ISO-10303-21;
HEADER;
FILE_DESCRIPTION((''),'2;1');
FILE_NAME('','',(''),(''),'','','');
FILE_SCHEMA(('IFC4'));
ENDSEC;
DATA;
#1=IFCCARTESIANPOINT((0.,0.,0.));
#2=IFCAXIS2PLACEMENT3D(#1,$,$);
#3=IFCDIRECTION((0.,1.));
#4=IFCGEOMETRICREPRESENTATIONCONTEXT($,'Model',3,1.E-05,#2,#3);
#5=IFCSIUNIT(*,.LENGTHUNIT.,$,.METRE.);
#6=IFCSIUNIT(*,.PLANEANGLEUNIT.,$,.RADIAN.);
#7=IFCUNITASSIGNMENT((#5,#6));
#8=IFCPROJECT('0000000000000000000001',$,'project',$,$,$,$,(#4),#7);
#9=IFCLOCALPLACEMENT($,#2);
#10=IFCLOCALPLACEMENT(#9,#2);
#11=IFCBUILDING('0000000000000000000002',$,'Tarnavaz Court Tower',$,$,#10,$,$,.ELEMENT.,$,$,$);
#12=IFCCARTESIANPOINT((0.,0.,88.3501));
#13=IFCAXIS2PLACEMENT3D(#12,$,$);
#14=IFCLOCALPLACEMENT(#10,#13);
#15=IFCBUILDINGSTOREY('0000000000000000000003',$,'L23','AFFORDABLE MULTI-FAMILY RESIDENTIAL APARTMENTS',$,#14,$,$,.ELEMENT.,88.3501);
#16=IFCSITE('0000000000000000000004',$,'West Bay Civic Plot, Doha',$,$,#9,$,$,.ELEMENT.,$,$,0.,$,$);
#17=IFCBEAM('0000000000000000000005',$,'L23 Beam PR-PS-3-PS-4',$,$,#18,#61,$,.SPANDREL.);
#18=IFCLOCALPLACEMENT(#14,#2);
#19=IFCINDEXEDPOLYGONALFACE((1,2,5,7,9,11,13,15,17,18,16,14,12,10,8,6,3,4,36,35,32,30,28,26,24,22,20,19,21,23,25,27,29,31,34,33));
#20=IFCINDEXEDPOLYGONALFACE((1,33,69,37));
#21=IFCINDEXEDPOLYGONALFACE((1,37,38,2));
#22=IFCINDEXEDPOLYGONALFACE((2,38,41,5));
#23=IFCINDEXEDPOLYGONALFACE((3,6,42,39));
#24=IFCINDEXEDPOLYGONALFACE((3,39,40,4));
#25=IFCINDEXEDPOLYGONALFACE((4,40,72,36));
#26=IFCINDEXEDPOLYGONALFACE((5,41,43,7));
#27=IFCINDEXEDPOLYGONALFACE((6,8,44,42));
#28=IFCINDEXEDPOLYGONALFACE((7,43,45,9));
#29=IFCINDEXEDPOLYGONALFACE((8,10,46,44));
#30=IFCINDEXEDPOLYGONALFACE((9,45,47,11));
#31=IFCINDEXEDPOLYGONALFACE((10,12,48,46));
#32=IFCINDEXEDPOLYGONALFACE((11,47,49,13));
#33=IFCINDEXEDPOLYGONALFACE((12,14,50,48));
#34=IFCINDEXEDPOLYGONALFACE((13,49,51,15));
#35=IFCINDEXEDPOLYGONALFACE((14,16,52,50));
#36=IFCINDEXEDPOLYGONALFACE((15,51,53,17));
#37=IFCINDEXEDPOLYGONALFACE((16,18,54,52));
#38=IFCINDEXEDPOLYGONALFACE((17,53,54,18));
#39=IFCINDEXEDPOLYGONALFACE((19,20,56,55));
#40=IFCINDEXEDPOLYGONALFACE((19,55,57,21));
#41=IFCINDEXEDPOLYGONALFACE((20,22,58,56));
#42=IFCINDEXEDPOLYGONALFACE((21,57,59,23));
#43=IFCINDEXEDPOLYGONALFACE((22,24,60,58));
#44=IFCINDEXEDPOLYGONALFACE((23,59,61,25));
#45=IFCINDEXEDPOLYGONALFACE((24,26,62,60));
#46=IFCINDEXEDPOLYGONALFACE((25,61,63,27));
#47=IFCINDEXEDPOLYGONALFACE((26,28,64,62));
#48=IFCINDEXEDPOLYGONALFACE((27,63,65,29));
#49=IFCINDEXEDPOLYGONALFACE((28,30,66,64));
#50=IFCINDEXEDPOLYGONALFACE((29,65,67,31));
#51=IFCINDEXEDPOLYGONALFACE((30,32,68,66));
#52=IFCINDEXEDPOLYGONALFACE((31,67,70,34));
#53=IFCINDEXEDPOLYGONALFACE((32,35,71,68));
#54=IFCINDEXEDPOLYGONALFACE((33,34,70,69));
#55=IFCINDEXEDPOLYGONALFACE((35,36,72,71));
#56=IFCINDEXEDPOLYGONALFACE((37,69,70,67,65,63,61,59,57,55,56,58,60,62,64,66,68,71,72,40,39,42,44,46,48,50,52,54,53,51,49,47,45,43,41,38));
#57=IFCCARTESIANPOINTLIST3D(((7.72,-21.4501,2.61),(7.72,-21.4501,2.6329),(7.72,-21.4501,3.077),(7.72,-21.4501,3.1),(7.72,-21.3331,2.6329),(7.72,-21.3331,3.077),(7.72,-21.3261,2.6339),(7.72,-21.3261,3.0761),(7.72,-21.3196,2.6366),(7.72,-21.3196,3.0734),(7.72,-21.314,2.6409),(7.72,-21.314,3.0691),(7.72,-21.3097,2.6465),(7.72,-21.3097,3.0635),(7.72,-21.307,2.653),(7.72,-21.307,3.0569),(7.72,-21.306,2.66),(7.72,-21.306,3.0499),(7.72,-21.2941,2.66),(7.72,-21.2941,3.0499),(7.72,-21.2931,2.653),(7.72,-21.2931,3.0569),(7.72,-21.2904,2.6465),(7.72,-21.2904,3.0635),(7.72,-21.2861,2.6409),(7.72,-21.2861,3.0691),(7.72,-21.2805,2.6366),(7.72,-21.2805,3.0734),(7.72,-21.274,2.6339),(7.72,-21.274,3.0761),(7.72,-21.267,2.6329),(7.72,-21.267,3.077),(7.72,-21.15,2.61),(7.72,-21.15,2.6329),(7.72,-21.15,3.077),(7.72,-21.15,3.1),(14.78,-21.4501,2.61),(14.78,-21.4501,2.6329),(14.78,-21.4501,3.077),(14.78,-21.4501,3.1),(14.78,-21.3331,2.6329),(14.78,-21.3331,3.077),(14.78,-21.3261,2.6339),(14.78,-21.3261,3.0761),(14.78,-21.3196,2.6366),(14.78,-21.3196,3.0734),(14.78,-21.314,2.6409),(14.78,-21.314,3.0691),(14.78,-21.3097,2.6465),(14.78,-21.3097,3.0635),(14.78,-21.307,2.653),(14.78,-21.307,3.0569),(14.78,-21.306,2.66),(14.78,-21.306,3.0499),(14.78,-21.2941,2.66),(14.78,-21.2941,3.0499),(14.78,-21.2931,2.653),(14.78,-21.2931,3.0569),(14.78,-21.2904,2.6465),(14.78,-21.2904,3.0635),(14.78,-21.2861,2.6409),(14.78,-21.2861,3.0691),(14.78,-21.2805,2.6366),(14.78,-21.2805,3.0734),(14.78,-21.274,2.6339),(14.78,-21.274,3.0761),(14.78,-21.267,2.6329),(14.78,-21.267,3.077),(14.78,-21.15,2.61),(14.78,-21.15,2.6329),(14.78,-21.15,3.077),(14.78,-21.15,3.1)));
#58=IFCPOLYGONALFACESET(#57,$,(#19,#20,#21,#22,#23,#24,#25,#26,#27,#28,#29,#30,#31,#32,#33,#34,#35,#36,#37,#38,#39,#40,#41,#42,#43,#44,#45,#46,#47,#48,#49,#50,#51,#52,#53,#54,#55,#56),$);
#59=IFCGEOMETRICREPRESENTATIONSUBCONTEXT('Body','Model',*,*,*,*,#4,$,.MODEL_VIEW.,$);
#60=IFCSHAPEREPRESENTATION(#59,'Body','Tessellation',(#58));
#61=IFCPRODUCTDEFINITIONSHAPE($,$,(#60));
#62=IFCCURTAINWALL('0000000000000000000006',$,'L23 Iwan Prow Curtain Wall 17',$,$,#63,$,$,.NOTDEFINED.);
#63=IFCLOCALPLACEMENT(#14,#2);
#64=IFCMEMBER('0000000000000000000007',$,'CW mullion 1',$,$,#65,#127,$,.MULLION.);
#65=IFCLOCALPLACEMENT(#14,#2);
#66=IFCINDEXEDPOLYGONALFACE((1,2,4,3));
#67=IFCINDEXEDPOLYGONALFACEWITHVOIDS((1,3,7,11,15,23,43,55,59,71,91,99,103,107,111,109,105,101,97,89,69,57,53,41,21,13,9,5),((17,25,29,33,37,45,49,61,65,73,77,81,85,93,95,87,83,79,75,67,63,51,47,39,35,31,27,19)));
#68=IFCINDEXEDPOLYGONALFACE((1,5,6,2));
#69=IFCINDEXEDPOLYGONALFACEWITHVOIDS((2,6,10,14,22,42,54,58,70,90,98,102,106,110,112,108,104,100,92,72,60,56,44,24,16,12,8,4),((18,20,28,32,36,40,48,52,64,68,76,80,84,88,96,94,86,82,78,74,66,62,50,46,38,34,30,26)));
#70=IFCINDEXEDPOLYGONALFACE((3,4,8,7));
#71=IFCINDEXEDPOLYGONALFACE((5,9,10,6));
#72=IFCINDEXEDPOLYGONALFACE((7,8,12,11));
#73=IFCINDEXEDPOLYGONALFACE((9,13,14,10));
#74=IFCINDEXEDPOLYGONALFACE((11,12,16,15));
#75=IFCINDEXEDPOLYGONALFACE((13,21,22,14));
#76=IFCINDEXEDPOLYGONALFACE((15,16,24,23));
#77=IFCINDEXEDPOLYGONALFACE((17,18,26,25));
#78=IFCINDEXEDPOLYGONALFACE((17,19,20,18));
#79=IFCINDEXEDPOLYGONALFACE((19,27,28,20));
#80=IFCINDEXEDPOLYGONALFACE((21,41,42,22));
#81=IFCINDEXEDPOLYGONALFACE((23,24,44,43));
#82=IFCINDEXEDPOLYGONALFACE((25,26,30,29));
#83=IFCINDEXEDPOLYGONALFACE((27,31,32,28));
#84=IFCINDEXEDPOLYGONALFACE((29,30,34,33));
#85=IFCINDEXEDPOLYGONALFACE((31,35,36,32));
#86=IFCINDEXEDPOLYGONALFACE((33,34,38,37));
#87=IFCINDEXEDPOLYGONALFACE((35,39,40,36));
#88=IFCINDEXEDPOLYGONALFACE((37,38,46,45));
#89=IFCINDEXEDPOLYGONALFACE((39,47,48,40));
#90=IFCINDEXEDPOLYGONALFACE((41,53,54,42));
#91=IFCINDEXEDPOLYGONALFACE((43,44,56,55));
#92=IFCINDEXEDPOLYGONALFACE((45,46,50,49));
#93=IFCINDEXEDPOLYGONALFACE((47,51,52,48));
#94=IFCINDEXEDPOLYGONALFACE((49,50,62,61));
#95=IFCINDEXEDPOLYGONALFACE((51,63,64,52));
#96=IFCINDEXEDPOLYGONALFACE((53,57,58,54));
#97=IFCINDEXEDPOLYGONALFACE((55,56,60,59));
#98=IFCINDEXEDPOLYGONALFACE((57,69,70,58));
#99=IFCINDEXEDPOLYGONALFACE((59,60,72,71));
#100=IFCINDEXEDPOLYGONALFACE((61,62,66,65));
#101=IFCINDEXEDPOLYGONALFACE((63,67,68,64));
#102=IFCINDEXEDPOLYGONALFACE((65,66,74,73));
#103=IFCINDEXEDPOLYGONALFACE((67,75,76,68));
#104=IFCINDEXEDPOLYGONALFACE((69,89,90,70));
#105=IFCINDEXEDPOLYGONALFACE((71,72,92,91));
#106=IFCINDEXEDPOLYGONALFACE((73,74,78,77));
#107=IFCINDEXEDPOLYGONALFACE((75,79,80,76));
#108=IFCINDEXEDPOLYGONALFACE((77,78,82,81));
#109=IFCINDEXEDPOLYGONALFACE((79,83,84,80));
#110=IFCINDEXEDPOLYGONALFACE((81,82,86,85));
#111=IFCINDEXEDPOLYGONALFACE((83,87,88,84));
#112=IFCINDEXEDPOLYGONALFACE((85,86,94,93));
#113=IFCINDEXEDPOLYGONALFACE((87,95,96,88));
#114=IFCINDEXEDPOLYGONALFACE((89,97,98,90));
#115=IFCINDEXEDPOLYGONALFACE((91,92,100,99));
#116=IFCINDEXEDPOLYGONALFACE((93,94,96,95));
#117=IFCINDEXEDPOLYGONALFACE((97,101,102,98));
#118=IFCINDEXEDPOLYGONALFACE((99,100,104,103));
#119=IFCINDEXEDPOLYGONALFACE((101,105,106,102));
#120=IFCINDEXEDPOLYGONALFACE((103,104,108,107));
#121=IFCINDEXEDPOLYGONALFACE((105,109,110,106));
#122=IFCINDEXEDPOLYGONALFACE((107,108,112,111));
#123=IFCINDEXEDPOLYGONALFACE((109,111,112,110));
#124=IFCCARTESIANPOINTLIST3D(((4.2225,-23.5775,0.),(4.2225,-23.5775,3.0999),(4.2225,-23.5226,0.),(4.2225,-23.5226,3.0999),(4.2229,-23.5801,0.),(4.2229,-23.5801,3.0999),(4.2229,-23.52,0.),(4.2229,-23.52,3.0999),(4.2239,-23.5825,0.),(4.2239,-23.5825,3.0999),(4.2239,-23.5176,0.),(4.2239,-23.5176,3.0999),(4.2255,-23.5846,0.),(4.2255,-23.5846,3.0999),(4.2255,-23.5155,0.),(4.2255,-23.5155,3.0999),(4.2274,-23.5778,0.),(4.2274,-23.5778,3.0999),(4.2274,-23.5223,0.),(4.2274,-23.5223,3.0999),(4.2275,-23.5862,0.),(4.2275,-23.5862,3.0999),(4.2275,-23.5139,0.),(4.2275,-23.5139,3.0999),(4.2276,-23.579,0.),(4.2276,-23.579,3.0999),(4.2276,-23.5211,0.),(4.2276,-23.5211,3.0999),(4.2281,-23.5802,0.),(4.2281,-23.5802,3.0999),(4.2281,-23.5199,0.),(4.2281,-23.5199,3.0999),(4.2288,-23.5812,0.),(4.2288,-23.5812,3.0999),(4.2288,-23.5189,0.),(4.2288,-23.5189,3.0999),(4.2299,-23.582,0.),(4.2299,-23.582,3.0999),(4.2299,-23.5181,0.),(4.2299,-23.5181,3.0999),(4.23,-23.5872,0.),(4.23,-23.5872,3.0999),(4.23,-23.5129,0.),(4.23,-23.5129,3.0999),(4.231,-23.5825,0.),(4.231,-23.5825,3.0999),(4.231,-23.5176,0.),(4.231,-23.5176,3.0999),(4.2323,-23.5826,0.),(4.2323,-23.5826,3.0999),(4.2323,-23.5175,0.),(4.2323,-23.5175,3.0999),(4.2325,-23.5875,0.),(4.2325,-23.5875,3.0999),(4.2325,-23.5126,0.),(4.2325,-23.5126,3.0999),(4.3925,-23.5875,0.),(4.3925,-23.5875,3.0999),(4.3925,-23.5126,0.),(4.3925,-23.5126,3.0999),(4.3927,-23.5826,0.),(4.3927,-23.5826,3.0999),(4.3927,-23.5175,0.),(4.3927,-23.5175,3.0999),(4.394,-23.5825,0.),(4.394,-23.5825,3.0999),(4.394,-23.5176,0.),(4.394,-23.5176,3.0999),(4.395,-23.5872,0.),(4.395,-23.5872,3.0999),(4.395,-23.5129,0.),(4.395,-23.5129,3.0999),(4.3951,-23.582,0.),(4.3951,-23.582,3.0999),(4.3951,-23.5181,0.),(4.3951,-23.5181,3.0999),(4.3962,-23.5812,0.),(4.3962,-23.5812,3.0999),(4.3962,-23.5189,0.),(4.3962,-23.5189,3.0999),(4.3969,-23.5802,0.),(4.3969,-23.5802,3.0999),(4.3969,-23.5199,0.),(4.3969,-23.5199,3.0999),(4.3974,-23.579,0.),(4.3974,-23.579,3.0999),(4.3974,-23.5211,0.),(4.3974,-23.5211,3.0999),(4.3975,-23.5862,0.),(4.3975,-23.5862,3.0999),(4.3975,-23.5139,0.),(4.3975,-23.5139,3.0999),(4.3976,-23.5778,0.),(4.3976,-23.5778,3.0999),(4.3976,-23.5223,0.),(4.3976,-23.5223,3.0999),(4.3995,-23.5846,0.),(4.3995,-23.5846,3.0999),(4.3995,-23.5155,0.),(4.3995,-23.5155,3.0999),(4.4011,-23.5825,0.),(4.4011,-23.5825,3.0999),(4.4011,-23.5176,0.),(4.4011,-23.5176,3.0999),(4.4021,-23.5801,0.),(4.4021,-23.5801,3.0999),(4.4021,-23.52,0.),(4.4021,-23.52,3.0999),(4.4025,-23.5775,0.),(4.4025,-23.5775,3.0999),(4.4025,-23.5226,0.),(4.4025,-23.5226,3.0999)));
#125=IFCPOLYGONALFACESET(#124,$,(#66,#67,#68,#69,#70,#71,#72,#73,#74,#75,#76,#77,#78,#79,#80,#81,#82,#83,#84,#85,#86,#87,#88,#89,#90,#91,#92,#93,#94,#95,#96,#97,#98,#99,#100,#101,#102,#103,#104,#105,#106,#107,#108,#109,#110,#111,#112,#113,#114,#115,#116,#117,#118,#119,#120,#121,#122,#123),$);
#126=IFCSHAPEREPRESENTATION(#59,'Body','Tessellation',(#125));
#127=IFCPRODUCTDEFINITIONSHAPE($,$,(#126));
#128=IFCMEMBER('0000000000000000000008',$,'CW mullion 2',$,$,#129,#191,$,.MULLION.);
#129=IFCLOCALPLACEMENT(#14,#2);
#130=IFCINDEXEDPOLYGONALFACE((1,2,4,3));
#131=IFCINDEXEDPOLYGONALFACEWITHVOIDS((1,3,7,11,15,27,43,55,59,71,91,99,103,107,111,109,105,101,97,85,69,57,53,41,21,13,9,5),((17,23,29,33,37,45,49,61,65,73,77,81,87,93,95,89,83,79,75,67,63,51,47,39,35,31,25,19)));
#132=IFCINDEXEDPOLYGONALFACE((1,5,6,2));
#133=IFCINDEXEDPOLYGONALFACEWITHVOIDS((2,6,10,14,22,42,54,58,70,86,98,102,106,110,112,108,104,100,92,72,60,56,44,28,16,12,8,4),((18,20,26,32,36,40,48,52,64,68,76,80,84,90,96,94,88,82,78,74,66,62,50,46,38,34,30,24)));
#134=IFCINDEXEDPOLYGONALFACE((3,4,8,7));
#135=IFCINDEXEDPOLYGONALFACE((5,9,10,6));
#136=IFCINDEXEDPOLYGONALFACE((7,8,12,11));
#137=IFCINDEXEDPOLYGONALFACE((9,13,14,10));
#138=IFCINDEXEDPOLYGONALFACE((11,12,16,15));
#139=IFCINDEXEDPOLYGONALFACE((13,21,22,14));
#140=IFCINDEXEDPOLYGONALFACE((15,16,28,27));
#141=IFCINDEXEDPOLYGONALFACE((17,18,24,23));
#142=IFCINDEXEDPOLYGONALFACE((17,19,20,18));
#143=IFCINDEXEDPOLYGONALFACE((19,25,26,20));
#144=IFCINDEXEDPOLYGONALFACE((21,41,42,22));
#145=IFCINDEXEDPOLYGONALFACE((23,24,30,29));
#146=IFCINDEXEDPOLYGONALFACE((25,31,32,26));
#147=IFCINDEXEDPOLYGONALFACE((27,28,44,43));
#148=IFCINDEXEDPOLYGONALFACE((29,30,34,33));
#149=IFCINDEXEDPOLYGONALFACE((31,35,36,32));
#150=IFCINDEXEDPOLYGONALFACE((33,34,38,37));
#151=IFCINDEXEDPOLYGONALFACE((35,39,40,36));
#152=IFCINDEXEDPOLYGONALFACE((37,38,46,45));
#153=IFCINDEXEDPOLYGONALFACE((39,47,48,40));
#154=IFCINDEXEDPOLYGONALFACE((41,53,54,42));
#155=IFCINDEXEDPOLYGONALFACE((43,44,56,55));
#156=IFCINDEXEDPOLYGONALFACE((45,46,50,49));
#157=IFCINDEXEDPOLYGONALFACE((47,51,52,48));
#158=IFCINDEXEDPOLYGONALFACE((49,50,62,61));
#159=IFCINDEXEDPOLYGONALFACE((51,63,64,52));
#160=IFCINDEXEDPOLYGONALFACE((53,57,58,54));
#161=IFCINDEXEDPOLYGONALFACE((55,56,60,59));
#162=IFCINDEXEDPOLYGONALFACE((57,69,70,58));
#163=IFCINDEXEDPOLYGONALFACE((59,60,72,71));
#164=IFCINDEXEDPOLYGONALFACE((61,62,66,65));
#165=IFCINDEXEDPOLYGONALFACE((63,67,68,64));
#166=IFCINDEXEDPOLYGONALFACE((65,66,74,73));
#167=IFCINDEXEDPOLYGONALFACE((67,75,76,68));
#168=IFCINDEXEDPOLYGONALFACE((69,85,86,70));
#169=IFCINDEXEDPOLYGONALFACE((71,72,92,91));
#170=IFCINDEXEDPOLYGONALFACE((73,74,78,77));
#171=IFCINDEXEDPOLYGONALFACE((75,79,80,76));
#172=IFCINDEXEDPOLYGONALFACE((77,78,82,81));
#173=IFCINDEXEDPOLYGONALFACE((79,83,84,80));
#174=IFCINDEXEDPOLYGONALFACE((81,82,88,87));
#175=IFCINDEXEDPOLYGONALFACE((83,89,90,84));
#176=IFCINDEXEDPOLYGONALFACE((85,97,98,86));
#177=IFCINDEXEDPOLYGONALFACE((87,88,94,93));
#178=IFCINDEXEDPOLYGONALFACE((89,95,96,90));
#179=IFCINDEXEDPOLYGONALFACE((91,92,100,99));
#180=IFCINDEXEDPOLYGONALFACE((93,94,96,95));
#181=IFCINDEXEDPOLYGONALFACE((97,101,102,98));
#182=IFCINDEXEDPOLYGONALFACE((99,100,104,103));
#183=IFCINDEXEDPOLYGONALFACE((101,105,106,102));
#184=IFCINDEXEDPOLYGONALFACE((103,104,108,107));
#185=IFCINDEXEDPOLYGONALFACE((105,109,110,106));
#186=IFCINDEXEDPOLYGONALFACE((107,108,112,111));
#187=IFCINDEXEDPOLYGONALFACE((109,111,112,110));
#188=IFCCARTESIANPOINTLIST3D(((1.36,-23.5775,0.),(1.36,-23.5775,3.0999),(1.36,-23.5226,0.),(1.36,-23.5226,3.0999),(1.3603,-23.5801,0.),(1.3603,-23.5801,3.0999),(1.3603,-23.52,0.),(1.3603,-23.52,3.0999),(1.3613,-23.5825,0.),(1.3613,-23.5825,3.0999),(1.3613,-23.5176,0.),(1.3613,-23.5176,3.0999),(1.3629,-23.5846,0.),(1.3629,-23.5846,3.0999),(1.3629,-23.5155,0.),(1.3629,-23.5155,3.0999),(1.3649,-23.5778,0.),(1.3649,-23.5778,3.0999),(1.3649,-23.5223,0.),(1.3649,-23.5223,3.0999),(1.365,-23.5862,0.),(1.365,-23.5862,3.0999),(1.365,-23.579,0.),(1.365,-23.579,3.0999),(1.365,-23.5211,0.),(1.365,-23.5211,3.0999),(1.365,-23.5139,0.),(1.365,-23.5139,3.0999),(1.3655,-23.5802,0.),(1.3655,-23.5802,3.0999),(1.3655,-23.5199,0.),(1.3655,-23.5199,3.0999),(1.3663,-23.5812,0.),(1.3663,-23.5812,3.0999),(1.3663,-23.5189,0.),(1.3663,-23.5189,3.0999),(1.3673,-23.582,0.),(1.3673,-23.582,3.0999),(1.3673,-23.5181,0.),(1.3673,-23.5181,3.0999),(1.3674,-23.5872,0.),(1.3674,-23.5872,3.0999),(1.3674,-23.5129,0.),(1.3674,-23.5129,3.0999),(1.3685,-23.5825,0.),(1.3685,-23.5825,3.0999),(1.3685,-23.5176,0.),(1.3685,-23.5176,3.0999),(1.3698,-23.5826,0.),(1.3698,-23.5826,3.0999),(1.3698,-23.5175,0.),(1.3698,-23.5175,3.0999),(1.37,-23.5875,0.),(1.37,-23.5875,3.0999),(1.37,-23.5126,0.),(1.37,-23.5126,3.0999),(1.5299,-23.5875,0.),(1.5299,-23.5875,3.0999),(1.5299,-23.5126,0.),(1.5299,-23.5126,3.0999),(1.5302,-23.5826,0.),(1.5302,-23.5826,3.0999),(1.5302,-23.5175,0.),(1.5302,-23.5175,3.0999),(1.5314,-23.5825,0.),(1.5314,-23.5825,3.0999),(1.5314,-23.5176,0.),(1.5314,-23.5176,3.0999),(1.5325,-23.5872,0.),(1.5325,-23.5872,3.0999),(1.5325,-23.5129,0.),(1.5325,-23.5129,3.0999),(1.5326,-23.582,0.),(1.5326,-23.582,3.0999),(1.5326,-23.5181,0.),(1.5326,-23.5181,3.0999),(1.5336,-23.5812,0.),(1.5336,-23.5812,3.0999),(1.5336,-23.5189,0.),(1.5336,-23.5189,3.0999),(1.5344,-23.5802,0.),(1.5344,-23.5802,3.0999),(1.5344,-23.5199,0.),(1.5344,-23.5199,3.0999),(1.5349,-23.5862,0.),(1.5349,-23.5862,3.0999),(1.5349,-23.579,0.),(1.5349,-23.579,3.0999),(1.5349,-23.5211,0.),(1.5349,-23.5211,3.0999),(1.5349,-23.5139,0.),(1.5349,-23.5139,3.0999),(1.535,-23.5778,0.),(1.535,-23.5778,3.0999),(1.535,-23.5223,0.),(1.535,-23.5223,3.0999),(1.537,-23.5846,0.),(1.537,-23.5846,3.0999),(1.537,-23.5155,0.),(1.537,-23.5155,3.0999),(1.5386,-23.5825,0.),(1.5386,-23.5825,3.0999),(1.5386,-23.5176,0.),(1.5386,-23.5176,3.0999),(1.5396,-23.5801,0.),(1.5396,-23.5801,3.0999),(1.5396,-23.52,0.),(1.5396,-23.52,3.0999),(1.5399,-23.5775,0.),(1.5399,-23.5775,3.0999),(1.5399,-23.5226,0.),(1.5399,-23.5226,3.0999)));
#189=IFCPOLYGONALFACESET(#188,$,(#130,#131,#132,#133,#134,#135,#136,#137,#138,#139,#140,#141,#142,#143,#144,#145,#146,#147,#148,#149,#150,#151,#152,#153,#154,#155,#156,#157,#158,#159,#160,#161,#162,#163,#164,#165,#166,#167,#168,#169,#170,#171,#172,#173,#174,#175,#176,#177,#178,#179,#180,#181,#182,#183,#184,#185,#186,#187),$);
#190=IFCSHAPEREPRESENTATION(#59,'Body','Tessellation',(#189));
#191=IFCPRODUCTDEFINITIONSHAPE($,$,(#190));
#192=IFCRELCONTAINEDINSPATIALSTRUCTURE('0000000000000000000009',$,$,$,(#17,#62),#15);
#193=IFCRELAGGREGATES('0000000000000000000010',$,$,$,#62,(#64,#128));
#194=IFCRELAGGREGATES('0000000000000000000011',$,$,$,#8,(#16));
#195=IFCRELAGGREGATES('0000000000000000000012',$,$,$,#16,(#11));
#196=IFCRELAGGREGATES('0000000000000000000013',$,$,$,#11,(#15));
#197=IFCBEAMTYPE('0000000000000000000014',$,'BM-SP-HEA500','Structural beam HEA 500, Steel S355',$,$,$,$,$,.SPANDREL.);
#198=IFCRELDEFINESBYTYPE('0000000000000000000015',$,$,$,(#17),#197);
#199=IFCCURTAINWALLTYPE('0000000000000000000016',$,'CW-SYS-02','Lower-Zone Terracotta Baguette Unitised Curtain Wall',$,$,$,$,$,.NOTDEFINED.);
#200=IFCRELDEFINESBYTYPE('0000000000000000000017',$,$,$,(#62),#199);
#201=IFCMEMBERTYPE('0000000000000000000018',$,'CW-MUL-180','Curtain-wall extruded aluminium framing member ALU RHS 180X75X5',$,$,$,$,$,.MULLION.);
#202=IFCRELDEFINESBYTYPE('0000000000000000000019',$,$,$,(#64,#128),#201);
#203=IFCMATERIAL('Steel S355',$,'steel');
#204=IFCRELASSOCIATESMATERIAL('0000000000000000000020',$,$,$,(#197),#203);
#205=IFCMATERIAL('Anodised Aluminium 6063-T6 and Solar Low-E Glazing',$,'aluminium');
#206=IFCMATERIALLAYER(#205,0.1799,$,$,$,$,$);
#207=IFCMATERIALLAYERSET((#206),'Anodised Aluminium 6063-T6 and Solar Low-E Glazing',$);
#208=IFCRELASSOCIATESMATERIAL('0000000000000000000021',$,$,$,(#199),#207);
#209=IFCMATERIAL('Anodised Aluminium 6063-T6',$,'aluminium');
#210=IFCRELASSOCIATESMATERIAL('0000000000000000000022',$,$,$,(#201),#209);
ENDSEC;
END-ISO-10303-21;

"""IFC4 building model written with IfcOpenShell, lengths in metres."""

from ifc_helpers import new_model, si_unit, direction, frame, origin, origin_2d, place, context, subcontext, project, spatial, hollow_rectangle, i_section, extrude, material, layer, layer_set, material_profile, profile_set, type_object, element, aggregate, save


model = new_model("IFC4")

# Units and contexts
model_context = context("Model", 3, precision=1e-05, world=origin(), true_north=direction((0.0, 1.0)))
body_context = subcontext(model_context, "Body", "Model", "MODEL_VIEW")
ifc_project = project(units=[si_unit("LENGTHUNIT", "METRE"), si_unit("PLANEANGLEUNIT", "RADIAN")], contexts=[model_context])

# Site, building, storey
site_placement = place(None, origin())
site = spatial("IfcSite", under=ifc_project, at=site_placement, Name="West Bay Civic Plot, Doha", CompositionType="ELEMENT", RefElevation=0.0)
building_placement = place(site_placement, origin())
building = spatial("IfcBuilding", under=site, at=building_placement, Name="Tarnavaz Court Tower", CompositionType="ELEMENT")
storey_placement = place(building_placement, frame((0.0, 0.0, 88.3501)))
storey = spatial("IfcBuildingStorey", under=building, at=storey_placement, Name="L23", Description="AFFORDABLE MULTI-FAMILY RESIDENTIAL APARTMENTS", CompositionType="ELEMENT", Elevation=88.3501)

# Beam
ifc_material_1 = material(Name="Steel S355", Category="steel")
ifc_material_profile_1 = material_profile(ifc_material_1, i_section(OverallWidth=0.3, OverallDepth=0.49, WebThickness=0.012, FlangeThickness=0.0229, FilletRadius=0.0271, at=origin_2d()), Name="HEA 500")
ifc_profile_set_1 = profile_set([ifc_material_profile_1], Name="Steel S355")
beam_type_1 = type_object("IfcBeamType", Name="BM-SP-HEA500", Description="Structural beam HEA 500, Steel S355", PredefinedType="SPANDREL", material=ifc_profile_set_1)
beam_placement = place(storey_placement, frame((7.72, -21.3, 2.855), z_axis=(1.0, 0.0, 0.0), x_axis=(0.0, 1.0, 0.0)))
element("IfcBeam", 1, at=beam_placement, inside=storey, type_object=beam_type_1, Name="L23 Beam PR-PS-3-PS-4", PredefinedType="SPANDREL", context=body_context, shape_type="SweptSolid", body=[
    extrude(i_section(OverallWidth=0.3, OverallDepth=0.49, WebThickness=0.012, FlangeThickness=0.0229, FilletRadius=0.0271, at=origin_2d()), origin(), (0.0, 0.0, 1.0), 7.0601),
])

# Curtain wall, members
ifc_material_2 = material(Name="Anodised Aluminium 6063-T6 and Solar Low-E Glazing", Category="aluminium")
ifc_layer_1 = layer(ifc_material_2, 0.1799)
ifc_layer_set_1 = layer_set([ifc_layer_1], Name="Anodised Aluminium 6063-T6 and Solar Low-E Glazing")
curtain_wall_type = type_object("IfcCurtainWallType", Name="CW-SYS-02", Description="Lower-Zone Terracotta Baguette Unitised Curtain Wall", PredefinedType="NOTDEFINED", material=ifc_layer_set_1)
curtain_wall_placement = place(storey_placement, origin())
curtain_wall = element("IfcCurtainWall", 2, at=curtain_wall_placement, inside=storey, type_object=curtain_wall_type, Name="L23 Iwan Prow Curtain Wall 17", PredefinedType="NOTDEFINED")
ifc_material_3 = material(Name="Anodised Aluminium 6063-T6", Category="aluminium")
ifc_material_profile_2 = material_profile(ifc_material_3, hollow_rectangle(XDim=0.075, YDim=0.1799, WallThickness=0.0049, InnerFilletRadius=0.0049, OuterFilletRadius=0.01, at=origin_2d()), Name="ALU RHS 180X75X5")
ifc_profile_set_2 = profile_set([ifc_material_profile_2], Name="Anodised Aluminium 6063-T6")
member_type_1 = type_object("IfcMemberType", Name="CW-MUL-180", Description="Curtain-wall extruded aluminium framing member ALU RHS 180X75X5", PredefinedType="MULLION", material=ifc_profile_set_2)
member_1_placement = place(storey_placement, frame((4.3125, -23.55, 0.0), z_axis=(0.0, 0.0, 1.0), x_axis=(0.0, -1.0, 0.0)))
member_1 = element("IfcMember", 3, at=member_1_placement, type_object=member_type_1, Name="CW mullion 1", PredefinedType="MULLION", context=body_context, shape_type="SweptSolid", body=[
    extrude(hollow_rectangle(XDim=0.075, YDim=0.1799, WallThickness=0.0049, InnerFilletRadius=0.0049, OuterFilletRadius=0.01, at=origin_2d()), origin(), (0.0, 0.0, 1.0), 3.0999),
])
member_2_placement = place(storey_placement, frame((1.45, -23.55, 0.0), z_axis=(0.0, 0.0, 1.0), x_axis=(0.0, -1.0, 0.0)))
member_2 = element("IfcMember", 4, at=member_2_placement, type_object=member_type_1, Name="CW mullion 2", PredefinedType="MULLION", context=body_context, shape_type="SweptSolid", body=[
    extrude(hollow_rectangle(XDim=0.075, YDim=0.1799, WallThickness=0.0049, InnerFilletRadius=0.0049, OuterFilletRadius=0.01, at=origin_2d()), origin(), (0.0, 0.0, 1.0), 3.0999),
])
aggregate(curtain_wall, [member_1, member_2])

save(model, "model.ifc")
